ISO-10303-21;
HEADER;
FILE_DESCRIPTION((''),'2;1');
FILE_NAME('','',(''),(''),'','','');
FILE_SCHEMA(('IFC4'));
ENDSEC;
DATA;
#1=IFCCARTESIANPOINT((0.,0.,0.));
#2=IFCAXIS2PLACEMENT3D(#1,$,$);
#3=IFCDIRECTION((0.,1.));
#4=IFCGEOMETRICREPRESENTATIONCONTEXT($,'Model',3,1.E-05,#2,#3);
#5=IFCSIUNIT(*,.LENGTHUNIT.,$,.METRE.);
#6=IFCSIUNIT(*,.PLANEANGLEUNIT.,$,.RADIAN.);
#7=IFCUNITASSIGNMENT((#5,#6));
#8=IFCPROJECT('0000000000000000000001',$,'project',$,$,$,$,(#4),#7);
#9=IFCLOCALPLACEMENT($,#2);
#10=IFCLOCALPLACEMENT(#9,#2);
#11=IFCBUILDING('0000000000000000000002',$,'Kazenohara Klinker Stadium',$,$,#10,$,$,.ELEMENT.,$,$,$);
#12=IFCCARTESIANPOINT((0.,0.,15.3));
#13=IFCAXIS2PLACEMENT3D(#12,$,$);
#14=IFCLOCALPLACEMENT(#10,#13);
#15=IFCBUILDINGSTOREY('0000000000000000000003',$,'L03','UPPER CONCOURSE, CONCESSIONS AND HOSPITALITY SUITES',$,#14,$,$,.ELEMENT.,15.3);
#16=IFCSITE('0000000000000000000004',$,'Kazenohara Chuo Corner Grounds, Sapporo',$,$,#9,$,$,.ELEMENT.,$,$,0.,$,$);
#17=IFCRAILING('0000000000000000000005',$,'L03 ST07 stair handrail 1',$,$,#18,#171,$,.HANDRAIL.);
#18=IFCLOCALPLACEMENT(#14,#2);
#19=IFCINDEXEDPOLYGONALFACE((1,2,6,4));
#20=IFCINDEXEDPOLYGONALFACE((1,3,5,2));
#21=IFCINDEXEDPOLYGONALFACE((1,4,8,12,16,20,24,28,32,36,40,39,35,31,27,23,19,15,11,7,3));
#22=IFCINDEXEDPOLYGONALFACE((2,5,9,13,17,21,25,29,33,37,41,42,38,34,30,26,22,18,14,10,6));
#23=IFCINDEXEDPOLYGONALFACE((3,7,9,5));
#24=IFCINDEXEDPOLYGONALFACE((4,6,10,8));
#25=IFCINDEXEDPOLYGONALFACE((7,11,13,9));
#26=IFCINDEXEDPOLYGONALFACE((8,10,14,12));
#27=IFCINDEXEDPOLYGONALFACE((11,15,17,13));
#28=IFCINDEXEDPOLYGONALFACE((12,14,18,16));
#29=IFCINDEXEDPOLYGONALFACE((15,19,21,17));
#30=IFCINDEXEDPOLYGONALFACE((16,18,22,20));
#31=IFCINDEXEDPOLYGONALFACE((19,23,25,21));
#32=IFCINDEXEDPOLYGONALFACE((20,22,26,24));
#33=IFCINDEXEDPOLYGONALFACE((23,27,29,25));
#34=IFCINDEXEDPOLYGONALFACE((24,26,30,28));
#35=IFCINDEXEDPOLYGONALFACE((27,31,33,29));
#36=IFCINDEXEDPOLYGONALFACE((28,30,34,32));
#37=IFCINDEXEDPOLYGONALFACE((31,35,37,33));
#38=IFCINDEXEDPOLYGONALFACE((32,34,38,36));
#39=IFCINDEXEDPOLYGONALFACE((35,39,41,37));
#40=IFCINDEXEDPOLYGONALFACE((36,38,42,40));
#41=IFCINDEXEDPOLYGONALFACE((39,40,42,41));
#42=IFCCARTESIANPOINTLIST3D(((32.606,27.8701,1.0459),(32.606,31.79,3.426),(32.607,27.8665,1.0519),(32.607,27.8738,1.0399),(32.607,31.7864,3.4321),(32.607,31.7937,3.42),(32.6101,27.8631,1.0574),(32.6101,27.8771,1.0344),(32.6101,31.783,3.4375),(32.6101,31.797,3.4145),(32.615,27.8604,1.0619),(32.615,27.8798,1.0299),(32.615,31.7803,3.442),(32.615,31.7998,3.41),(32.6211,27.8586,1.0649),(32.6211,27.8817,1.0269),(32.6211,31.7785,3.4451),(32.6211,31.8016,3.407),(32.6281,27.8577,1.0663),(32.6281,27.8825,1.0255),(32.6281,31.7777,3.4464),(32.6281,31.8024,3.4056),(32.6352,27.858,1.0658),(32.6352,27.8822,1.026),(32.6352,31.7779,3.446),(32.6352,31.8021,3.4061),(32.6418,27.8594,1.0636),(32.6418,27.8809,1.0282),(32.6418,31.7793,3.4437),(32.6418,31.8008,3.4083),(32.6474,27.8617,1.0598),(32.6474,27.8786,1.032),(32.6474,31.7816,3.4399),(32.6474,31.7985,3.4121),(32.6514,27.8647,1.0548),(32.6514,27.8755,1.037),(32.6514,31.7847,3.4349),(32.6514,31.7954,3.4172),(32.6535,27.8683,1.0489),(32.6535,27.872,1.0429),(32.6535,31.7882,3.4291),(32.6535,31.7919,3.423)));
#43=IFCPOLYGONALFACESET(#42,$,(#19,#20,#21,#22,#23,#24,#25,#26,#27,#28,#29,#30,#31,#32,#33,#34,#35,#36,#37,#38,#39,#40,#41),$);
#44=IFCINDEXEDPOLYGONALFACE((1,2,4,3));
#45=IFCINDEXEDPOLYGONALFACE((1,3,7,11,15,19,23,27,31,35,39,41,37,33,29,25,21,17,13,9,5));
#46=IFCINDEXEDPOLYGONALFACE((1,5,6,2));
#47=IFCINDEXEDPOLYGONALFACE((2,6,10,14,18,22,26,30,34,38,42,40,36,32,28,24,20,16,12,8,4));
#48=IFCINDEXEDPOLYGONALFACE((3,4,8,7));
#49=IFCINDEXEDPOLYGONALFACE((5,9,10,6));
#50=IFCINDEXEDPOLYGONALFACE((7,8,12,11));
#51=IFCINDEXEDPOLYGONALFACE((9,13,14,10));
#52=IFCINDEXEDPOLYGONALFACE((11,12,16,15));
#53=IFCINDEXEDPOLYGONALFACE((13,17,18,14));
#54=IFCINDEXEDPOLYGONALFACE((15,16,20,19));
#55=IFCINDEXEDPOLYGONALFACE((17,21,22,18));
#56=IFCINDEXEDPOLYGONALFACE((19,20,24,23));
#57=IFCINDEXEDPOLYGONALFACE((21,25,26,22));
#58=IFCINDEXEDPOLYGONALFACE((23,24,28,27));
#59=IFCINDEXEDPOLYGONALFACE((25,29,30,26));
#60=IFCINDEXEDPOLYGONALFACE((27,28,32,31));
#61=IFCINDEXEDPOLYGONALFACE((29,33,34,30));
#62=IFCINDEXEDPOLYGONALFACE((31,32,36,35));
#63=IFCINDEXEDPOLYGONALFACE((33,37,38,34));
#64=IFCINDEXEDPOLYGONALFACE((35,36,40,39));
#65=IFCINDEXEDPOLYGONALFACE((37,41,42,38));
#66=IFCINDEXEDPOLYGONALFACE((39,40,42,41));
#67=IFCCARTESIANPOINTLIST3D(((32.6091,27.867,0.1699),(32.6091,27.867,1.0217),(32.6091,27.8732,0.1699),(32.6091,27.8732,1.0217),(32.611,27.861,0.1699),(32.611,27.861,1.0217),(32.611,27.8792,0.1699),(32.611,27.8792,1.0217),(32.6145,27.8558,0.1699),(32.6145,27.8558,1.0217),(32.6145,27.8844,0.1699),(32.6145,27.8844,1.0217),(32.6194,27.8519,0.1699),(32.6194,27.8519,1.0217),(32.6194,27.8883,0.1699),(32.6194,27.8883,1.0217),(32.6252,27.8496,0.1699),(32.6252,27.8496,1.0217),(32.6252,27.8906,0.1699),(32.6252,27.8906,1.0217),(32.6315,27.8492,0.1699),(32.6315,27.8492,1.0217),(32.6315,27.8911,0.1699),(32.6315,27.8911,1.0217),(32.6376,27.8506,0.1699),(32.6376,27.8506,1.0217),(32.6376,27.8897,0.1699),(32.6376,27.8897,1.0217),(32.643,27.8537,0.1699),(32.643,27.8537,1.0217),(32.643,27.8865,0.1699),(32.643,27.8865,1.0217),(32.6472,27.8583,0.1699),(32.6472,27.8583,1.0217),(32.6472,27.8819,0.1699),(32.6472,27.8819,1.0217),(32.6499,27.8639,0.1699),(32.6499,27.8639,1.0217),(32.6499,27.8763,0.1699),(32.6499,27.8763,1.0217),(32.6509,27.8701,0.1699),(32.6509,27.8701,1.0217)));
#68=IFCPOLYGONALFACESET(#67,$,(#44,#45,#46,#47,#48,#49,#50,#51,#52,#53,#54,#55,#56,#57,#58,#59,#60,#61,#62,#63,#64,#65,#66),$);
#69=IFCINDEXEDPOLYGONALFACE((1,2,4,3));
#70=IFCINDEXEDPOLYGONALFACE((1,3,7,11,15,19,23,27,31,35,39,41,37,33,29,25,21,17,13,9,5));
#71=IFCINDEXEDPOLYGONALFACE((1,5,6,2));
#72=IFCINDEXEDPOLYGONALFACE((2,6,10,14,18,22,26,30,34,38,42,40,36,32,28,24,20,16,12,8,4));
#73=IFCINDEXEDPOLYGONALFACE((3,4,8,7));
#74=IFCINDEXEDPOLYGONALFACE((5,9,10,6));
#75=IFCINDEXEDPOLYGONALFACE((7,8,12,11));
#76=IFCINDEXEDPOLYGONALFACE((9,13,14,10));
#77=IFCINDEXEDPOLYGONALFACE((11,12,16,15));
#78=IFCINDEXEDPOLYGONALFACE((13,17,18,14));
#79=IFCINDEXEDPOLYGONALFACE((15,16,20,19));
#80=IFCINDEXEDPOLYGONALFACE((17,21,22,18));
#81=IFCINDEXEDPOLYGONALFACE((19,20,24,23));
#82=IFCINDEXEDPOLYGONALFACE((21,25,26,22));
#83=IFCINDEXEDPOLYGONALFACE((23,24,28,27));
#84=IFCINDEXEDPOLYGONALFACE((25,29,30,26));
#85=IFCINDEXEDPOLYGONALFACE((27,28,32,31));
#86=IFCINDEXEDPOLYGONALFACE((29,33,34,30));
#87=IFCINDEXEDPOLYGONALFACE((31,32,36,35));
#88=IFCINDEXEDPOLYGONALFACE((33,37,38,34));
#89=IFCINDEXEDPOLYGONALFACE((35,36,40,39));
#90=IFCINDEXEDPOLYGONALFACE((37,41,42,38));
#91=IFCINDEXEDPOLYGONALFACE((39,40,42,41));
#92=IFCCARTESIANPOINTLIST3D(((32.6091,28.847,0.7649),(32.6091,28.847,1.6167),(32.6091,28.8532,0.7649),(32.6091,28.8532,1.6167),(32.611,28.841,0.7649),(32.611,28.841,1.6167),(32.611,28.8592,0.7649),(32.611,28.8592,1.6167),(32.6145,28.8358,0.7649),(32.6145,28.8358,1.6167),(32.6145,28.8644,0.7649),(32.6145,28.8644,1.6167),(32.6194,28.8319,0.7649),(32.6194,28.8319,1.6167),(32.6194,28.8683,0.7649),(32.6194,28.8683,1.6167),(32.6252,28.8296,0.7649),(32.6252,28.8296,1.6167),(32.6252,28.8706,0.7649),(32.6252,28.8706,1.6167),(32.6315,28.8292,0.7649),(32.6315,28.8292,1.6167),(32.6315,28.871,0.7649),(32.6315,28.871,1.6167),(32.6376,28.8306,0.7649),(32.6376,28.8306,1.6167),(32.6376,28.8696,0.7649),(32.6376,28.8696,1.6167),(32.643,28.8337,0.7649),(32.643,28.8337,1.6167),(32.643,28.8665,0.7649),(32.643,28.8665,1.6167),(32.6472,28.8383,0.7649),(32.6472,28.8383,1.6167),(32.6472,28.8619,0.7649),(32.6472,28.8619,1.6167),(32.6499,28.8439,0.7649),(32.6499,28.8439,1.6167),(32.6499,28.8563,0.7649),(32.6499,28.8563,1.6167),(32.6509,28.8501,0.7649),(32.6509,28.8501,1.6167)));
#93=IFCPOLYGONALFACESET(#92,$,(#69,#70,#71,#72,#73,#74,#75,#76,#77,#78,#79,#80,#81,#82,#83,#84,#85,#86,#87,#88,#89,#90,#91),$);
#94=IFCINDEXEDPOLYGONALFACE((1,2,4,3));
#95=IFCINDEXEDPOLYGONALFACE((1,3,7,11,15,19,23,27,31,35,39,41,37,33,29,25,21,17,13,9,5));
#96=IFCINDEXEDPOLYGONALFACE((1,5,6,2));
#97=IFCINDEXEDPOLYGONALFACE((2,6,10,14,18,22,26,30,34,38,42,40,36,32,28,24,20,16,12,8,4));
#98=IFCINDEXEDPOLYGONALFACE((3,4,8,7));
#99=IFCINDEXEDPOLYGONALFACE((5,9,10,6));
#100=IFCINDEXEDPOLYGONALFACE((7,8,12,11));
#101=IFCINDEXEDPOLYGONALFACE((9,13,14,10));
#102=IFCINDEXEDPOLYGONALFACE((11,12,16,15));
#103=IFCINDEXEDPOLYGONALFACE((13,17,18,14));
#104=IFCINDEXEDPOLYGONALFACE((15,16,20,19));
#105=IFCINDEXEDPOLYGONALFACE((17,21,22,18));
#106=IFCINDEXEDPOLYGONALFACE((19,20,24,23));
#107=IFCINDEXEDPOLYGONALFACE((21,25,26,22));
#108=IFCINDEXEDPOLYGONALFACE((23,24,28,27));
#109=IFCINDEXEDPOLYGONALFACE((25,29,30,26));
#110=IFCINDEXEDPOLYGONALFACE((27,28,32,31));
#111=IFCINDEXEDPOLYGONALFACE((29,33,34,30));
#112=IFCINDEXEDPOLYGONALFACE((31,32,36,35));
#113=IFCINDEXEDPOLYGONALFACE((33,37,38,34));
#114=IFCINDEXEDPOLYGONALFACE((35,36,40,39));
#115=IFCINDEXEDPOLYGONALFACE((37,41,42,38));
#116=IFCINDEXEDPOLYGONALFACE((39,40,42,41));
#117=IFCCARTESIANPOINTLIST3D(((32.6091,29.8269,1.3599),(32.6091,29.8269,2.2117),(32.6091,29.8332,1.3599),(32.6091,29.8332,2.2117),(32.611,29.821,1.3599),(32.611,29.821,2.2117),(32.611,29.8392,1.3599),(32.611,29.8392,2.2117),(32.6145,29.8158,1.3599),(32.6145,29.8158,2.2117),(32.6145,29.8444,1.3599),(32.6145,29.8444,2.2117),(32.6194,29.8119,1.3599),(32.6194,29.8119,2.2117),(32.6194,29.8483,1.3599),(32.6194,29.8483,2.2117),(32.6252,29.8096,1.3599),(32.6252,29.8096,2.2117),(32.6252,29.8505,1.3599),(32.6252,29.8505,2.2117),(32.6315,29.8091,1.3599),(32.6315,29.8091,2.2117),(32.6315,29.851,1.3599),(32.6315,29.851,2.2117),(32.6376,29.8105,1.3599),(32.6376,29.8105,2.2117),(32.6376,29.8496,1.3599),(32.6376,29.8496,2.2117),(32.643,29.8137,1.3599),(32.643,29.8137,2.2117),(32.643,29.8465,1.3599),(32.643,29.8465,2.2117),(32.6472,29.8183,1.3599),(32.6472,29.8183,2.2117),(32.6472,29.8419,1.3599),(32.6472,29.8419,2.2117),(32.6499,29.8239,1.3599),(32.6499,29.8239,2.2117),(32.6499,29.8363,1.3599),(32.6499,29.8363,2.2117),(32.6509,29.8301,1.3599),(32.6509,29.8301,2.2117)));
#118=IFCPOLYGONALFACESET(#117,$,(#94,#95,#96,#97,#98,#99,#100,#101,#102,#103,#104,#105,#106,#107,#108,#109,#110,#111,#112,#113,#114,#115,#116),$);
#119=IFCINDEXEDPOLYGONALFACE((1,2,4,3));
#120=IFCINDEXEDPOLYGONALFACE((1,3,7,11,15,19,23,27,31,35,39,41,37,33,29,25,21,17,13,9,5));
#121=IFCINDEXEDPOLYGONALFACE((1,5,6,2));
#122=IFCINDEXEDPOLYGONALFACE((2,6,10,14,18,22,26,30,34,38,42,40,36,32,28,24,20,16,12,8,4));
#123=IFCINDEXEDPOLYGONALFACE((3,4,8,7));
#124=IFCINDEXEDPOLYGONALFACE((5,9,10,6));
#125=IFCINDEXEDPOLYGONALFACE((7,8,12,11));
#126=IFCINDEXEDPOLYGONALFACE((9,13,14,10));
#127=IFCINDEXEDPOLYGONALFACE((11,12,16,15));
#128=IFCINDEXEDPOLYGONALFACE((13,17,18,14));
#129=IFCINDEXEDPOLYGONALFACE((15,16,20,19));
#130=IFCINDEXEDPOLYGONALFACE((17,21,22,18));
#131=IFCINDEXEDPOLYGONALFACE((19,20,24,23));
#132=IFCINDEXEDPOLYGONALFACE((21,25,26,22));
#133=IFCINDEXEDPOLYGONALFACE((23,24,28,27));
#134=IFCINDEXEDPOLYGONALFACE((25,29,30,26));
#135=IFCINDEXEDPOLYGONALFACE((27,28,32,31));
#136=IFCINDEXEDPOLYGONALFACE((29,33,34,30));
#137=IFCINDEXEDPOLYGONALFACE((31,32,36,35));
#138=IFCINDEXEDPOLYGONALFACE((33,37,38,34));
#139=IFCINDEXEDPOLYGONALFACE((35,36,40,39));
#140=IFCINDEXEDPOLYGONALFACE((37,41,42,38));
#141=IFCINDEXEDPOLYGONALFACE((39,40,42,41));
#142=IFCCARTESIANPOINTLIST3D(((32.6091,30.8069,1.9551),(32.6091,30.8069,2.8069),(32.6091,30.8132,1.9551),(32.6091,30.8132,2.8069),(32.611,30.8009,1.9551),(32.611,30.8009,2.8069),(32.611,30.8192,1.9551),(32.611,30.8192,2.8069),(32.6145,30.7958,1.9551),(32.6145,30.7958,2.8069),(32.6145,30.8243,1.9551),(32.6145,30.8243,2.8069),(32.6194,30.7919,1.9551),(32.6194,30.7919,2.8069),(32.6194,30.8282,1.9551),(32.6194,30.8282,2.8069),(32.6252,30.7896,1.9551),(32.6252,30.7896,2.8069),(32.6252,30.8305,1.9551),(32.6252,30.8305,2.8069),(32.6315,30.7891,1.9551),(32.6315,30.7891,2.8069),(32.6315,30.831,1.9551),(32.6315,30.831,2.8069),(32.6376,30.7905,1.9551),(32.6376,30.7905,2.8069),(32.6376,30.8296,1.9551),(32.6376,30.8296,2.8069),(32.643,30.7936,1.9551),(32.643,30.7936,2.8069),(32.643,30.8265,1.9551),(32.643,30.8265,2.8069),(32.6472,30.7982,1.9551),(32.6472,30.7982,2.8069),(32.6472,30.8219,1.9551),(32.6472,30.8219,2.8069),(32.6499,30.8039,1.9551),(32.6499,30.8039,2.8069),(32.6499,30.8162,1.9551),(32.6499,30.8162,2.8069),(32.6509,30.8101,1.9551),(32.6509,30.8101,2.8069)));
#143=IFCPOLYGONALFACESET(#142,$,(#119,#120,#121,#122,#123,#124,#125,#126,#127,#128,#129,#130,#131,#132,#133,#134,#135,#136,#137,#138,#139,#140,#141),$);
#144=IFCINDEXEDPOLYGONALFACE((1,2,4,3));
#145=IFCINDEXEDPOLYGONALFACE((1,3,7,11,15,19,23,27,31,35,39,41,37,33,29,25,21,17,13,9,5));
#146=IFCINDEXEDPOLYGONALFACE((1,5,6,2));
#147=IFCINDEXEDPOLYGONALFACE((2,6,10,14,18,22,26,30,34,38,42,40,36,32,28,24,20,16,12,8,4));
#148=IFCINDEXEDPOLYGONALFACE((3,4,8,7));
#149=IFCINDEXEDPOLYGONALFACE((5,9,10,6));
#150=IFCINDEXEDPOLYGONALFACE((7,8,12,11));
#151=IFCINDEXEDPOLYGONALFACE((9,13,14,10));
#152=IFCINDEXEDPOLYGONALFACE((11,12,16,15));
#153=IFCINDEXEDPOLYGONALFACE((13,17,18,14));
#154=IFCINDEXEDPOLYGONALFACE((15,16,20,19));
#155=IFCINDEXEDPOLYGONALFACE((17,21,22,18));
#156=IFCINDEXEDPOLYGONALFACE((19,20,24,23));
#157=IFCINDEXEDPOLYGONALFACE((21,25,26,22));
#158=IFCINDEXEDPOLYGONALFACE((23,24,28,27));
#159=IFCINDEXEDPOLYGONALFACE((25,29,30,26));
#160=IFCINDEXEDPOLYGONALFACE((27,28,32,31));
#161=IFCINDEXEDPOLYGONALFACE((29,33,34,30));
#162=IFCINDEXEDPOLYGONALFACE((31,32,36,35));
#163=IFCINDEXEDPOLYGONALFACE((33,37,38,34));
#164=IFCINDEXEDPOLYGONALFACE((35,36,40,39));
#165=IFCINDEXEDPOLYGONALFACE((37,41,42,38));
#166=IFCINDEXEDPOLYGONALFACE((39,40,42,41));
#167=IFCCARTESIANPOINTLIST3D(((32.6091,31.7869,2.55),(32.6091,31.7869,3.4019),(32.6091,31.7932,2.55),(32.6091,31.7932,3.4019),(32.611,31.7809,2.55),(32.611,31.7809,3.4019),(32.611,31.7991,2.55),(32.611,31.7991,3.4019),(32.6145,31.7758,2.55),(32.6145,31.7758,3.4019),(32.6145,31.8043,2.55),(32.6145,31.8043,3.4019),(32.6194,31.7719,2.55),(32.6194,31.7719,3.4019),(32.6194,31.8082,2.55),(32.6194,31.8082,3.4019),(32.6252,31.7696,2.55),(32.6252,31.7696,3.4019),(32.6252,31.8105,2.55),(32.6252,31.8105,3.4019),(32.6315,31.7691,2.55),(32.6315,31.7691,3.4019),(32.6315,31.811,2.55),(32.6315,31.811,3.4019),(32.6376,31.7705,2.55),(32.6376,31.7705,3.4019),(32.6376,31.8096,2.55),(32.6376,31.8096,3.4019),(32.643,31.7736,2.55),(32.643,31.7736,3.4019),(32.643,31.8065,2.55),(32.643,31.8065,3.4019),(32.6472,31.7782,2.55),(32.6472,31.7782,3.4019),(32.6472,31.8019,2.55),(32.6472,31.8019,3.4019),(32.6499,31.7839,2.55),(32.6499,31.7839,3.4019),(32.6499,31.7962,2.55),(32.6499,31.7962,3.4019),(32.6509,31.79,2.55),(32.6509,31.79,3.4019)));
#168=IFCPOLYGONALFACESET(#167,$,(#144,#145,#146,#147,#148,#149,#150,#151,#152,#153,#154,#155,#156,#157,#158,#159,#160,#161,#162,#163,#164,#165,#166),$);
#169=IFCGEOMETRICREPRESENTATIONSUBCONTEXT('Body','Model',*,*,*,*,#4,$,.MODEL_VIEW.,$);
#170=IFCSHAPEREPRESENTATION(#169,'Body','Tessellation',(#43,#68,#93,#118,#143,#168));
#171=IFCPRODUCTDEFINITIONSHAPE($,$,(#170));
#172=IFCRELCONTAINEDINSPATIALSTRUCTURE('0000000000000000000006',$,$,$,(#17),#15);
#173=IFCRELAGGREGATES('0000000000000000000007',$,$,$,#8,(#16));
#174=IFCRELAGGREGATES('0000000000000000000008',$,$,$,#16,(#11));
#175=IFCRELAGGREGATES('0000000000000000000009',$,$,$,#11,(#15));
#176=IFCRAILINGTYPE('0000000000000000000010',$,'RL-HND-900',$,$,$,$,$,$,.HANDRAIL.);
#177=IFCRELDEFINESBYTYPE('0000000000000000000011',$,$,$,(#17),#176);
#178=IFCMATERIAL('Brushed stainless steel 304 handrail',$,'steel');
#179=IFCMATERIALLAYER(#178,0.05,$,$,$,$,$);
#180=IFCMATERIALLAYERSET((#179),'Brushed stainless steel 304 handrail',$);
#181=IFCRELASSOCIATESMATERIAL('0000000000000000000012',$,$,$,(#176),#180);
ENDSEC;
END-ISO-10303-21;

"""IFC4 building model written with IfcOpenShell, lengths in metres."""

from ifc_helpers import new_model, si_unit, direction, frame, origin, origin_2d, place, context, subcontext, project, spatial, circle, extrude, material, layer, layer_set, type_object, element, save


model = new_model("IFC4")

# Units and contexts
model_context = context("Model", 3, precision=1e-05, world=origin(), true_north=direction((0.0, 1.0)))
body_context = subcontext(model_context, "Body", "Model", "MODEL_VIEW")
ifc_project = project(units=[si_unit("LENGTHUNIT", "METRE"), si_unit("PLANEANGLEUNIT", "RADIAN")], contexts=[model_context])

# Site, building, storey
site_placement = place(None, origin())
site = spatial("IfcSite", under=ifc_project, at=site_placement, Name="Kazenohara Chuo Corner Grounds, Sapporo", CompositionType="ELEMENT", RefElevation=0.0)
building_placement = place(site_placement, origin())
building = spatial("IfcBuilding", under=site, at=building_placement, Name="Kazenohara Klinker Stadium", CompositionType="ELEMENT")
storey_placement = place(building_placement, frame((0.0, 0.0, 15.3)))
storey = spatial("IfcBuildingStorey", under=building, at=storey_placement, Name="L03", Description="UPPER CONCOURSE, CONCESSIONS AND HOSPITALITY SUITES", CompositionType="ELEMENT", Elevation=15.3)

# Railing
ifc_material_1 = material(Name="Brushed stainless steel 304 handrail", Category="steel")
ifc_layer_1 = layer(ifc_material_1, 0.05)
ifc_layer_set_1 = layer_set([ifc_layer_1], Name="Brushed stainless steel 304 handrail")
railing_type_1 = type_object("IfcRailingType", Name="RL-HND-900", PredefinedType="HANDRAIL", material=ifc_layer_set_1)
railing_1_placement = place(storey_placement, frame((32.6299, 27.8701, 0.1699)))
element("IfcRailing", 1, at=railing_1_placement, inside=storey, type_object=railing_type_1, Name="L03 ST07 stair handrail 1", PredefinedType="HANDRAIL", context=body_context, shape_type="SweptSolid", body=[
    extrude(circle(Radius=0.0239, at=origin_2d()), frame((0.0, 0.0, 0.876), z_axis=(0.0, 0.854771, 0.519006), x_axis=(-1.0, 0.0, 0.0)), (0.0, 0.0, 1.0), 4.5859),
    extrude(circle(Radius=0.021, at=origin_2d()), origin(), (0.0, 0.0, 1.0), 0.8518),
    extrude(circle(Radius=0.021, at=origin_2d()), frame((0.0, 0.98, 0.595)), (0.0, 0.0, 1.0), 0.8518),
    extrude(circle(Radius=0.021, at=origin_2d()), frame((0.0, 1.96, 1.1899)), (0.0, 0.0, 1.0), 0.8518),
    extrude(circle(Radius=0.021, at=origin_2d()), frame((0.0, 2.9399, 1.7852)), (0.0, 0.0, 1.0), 0.8518),
    extrude(circle(Radius=0.021, at=origin_2d()), frame((0.0, 3.9199, 2.3801)), (0.0, 0.0, 1.0), 0.8518),
])

save(model, "model.ifc")
